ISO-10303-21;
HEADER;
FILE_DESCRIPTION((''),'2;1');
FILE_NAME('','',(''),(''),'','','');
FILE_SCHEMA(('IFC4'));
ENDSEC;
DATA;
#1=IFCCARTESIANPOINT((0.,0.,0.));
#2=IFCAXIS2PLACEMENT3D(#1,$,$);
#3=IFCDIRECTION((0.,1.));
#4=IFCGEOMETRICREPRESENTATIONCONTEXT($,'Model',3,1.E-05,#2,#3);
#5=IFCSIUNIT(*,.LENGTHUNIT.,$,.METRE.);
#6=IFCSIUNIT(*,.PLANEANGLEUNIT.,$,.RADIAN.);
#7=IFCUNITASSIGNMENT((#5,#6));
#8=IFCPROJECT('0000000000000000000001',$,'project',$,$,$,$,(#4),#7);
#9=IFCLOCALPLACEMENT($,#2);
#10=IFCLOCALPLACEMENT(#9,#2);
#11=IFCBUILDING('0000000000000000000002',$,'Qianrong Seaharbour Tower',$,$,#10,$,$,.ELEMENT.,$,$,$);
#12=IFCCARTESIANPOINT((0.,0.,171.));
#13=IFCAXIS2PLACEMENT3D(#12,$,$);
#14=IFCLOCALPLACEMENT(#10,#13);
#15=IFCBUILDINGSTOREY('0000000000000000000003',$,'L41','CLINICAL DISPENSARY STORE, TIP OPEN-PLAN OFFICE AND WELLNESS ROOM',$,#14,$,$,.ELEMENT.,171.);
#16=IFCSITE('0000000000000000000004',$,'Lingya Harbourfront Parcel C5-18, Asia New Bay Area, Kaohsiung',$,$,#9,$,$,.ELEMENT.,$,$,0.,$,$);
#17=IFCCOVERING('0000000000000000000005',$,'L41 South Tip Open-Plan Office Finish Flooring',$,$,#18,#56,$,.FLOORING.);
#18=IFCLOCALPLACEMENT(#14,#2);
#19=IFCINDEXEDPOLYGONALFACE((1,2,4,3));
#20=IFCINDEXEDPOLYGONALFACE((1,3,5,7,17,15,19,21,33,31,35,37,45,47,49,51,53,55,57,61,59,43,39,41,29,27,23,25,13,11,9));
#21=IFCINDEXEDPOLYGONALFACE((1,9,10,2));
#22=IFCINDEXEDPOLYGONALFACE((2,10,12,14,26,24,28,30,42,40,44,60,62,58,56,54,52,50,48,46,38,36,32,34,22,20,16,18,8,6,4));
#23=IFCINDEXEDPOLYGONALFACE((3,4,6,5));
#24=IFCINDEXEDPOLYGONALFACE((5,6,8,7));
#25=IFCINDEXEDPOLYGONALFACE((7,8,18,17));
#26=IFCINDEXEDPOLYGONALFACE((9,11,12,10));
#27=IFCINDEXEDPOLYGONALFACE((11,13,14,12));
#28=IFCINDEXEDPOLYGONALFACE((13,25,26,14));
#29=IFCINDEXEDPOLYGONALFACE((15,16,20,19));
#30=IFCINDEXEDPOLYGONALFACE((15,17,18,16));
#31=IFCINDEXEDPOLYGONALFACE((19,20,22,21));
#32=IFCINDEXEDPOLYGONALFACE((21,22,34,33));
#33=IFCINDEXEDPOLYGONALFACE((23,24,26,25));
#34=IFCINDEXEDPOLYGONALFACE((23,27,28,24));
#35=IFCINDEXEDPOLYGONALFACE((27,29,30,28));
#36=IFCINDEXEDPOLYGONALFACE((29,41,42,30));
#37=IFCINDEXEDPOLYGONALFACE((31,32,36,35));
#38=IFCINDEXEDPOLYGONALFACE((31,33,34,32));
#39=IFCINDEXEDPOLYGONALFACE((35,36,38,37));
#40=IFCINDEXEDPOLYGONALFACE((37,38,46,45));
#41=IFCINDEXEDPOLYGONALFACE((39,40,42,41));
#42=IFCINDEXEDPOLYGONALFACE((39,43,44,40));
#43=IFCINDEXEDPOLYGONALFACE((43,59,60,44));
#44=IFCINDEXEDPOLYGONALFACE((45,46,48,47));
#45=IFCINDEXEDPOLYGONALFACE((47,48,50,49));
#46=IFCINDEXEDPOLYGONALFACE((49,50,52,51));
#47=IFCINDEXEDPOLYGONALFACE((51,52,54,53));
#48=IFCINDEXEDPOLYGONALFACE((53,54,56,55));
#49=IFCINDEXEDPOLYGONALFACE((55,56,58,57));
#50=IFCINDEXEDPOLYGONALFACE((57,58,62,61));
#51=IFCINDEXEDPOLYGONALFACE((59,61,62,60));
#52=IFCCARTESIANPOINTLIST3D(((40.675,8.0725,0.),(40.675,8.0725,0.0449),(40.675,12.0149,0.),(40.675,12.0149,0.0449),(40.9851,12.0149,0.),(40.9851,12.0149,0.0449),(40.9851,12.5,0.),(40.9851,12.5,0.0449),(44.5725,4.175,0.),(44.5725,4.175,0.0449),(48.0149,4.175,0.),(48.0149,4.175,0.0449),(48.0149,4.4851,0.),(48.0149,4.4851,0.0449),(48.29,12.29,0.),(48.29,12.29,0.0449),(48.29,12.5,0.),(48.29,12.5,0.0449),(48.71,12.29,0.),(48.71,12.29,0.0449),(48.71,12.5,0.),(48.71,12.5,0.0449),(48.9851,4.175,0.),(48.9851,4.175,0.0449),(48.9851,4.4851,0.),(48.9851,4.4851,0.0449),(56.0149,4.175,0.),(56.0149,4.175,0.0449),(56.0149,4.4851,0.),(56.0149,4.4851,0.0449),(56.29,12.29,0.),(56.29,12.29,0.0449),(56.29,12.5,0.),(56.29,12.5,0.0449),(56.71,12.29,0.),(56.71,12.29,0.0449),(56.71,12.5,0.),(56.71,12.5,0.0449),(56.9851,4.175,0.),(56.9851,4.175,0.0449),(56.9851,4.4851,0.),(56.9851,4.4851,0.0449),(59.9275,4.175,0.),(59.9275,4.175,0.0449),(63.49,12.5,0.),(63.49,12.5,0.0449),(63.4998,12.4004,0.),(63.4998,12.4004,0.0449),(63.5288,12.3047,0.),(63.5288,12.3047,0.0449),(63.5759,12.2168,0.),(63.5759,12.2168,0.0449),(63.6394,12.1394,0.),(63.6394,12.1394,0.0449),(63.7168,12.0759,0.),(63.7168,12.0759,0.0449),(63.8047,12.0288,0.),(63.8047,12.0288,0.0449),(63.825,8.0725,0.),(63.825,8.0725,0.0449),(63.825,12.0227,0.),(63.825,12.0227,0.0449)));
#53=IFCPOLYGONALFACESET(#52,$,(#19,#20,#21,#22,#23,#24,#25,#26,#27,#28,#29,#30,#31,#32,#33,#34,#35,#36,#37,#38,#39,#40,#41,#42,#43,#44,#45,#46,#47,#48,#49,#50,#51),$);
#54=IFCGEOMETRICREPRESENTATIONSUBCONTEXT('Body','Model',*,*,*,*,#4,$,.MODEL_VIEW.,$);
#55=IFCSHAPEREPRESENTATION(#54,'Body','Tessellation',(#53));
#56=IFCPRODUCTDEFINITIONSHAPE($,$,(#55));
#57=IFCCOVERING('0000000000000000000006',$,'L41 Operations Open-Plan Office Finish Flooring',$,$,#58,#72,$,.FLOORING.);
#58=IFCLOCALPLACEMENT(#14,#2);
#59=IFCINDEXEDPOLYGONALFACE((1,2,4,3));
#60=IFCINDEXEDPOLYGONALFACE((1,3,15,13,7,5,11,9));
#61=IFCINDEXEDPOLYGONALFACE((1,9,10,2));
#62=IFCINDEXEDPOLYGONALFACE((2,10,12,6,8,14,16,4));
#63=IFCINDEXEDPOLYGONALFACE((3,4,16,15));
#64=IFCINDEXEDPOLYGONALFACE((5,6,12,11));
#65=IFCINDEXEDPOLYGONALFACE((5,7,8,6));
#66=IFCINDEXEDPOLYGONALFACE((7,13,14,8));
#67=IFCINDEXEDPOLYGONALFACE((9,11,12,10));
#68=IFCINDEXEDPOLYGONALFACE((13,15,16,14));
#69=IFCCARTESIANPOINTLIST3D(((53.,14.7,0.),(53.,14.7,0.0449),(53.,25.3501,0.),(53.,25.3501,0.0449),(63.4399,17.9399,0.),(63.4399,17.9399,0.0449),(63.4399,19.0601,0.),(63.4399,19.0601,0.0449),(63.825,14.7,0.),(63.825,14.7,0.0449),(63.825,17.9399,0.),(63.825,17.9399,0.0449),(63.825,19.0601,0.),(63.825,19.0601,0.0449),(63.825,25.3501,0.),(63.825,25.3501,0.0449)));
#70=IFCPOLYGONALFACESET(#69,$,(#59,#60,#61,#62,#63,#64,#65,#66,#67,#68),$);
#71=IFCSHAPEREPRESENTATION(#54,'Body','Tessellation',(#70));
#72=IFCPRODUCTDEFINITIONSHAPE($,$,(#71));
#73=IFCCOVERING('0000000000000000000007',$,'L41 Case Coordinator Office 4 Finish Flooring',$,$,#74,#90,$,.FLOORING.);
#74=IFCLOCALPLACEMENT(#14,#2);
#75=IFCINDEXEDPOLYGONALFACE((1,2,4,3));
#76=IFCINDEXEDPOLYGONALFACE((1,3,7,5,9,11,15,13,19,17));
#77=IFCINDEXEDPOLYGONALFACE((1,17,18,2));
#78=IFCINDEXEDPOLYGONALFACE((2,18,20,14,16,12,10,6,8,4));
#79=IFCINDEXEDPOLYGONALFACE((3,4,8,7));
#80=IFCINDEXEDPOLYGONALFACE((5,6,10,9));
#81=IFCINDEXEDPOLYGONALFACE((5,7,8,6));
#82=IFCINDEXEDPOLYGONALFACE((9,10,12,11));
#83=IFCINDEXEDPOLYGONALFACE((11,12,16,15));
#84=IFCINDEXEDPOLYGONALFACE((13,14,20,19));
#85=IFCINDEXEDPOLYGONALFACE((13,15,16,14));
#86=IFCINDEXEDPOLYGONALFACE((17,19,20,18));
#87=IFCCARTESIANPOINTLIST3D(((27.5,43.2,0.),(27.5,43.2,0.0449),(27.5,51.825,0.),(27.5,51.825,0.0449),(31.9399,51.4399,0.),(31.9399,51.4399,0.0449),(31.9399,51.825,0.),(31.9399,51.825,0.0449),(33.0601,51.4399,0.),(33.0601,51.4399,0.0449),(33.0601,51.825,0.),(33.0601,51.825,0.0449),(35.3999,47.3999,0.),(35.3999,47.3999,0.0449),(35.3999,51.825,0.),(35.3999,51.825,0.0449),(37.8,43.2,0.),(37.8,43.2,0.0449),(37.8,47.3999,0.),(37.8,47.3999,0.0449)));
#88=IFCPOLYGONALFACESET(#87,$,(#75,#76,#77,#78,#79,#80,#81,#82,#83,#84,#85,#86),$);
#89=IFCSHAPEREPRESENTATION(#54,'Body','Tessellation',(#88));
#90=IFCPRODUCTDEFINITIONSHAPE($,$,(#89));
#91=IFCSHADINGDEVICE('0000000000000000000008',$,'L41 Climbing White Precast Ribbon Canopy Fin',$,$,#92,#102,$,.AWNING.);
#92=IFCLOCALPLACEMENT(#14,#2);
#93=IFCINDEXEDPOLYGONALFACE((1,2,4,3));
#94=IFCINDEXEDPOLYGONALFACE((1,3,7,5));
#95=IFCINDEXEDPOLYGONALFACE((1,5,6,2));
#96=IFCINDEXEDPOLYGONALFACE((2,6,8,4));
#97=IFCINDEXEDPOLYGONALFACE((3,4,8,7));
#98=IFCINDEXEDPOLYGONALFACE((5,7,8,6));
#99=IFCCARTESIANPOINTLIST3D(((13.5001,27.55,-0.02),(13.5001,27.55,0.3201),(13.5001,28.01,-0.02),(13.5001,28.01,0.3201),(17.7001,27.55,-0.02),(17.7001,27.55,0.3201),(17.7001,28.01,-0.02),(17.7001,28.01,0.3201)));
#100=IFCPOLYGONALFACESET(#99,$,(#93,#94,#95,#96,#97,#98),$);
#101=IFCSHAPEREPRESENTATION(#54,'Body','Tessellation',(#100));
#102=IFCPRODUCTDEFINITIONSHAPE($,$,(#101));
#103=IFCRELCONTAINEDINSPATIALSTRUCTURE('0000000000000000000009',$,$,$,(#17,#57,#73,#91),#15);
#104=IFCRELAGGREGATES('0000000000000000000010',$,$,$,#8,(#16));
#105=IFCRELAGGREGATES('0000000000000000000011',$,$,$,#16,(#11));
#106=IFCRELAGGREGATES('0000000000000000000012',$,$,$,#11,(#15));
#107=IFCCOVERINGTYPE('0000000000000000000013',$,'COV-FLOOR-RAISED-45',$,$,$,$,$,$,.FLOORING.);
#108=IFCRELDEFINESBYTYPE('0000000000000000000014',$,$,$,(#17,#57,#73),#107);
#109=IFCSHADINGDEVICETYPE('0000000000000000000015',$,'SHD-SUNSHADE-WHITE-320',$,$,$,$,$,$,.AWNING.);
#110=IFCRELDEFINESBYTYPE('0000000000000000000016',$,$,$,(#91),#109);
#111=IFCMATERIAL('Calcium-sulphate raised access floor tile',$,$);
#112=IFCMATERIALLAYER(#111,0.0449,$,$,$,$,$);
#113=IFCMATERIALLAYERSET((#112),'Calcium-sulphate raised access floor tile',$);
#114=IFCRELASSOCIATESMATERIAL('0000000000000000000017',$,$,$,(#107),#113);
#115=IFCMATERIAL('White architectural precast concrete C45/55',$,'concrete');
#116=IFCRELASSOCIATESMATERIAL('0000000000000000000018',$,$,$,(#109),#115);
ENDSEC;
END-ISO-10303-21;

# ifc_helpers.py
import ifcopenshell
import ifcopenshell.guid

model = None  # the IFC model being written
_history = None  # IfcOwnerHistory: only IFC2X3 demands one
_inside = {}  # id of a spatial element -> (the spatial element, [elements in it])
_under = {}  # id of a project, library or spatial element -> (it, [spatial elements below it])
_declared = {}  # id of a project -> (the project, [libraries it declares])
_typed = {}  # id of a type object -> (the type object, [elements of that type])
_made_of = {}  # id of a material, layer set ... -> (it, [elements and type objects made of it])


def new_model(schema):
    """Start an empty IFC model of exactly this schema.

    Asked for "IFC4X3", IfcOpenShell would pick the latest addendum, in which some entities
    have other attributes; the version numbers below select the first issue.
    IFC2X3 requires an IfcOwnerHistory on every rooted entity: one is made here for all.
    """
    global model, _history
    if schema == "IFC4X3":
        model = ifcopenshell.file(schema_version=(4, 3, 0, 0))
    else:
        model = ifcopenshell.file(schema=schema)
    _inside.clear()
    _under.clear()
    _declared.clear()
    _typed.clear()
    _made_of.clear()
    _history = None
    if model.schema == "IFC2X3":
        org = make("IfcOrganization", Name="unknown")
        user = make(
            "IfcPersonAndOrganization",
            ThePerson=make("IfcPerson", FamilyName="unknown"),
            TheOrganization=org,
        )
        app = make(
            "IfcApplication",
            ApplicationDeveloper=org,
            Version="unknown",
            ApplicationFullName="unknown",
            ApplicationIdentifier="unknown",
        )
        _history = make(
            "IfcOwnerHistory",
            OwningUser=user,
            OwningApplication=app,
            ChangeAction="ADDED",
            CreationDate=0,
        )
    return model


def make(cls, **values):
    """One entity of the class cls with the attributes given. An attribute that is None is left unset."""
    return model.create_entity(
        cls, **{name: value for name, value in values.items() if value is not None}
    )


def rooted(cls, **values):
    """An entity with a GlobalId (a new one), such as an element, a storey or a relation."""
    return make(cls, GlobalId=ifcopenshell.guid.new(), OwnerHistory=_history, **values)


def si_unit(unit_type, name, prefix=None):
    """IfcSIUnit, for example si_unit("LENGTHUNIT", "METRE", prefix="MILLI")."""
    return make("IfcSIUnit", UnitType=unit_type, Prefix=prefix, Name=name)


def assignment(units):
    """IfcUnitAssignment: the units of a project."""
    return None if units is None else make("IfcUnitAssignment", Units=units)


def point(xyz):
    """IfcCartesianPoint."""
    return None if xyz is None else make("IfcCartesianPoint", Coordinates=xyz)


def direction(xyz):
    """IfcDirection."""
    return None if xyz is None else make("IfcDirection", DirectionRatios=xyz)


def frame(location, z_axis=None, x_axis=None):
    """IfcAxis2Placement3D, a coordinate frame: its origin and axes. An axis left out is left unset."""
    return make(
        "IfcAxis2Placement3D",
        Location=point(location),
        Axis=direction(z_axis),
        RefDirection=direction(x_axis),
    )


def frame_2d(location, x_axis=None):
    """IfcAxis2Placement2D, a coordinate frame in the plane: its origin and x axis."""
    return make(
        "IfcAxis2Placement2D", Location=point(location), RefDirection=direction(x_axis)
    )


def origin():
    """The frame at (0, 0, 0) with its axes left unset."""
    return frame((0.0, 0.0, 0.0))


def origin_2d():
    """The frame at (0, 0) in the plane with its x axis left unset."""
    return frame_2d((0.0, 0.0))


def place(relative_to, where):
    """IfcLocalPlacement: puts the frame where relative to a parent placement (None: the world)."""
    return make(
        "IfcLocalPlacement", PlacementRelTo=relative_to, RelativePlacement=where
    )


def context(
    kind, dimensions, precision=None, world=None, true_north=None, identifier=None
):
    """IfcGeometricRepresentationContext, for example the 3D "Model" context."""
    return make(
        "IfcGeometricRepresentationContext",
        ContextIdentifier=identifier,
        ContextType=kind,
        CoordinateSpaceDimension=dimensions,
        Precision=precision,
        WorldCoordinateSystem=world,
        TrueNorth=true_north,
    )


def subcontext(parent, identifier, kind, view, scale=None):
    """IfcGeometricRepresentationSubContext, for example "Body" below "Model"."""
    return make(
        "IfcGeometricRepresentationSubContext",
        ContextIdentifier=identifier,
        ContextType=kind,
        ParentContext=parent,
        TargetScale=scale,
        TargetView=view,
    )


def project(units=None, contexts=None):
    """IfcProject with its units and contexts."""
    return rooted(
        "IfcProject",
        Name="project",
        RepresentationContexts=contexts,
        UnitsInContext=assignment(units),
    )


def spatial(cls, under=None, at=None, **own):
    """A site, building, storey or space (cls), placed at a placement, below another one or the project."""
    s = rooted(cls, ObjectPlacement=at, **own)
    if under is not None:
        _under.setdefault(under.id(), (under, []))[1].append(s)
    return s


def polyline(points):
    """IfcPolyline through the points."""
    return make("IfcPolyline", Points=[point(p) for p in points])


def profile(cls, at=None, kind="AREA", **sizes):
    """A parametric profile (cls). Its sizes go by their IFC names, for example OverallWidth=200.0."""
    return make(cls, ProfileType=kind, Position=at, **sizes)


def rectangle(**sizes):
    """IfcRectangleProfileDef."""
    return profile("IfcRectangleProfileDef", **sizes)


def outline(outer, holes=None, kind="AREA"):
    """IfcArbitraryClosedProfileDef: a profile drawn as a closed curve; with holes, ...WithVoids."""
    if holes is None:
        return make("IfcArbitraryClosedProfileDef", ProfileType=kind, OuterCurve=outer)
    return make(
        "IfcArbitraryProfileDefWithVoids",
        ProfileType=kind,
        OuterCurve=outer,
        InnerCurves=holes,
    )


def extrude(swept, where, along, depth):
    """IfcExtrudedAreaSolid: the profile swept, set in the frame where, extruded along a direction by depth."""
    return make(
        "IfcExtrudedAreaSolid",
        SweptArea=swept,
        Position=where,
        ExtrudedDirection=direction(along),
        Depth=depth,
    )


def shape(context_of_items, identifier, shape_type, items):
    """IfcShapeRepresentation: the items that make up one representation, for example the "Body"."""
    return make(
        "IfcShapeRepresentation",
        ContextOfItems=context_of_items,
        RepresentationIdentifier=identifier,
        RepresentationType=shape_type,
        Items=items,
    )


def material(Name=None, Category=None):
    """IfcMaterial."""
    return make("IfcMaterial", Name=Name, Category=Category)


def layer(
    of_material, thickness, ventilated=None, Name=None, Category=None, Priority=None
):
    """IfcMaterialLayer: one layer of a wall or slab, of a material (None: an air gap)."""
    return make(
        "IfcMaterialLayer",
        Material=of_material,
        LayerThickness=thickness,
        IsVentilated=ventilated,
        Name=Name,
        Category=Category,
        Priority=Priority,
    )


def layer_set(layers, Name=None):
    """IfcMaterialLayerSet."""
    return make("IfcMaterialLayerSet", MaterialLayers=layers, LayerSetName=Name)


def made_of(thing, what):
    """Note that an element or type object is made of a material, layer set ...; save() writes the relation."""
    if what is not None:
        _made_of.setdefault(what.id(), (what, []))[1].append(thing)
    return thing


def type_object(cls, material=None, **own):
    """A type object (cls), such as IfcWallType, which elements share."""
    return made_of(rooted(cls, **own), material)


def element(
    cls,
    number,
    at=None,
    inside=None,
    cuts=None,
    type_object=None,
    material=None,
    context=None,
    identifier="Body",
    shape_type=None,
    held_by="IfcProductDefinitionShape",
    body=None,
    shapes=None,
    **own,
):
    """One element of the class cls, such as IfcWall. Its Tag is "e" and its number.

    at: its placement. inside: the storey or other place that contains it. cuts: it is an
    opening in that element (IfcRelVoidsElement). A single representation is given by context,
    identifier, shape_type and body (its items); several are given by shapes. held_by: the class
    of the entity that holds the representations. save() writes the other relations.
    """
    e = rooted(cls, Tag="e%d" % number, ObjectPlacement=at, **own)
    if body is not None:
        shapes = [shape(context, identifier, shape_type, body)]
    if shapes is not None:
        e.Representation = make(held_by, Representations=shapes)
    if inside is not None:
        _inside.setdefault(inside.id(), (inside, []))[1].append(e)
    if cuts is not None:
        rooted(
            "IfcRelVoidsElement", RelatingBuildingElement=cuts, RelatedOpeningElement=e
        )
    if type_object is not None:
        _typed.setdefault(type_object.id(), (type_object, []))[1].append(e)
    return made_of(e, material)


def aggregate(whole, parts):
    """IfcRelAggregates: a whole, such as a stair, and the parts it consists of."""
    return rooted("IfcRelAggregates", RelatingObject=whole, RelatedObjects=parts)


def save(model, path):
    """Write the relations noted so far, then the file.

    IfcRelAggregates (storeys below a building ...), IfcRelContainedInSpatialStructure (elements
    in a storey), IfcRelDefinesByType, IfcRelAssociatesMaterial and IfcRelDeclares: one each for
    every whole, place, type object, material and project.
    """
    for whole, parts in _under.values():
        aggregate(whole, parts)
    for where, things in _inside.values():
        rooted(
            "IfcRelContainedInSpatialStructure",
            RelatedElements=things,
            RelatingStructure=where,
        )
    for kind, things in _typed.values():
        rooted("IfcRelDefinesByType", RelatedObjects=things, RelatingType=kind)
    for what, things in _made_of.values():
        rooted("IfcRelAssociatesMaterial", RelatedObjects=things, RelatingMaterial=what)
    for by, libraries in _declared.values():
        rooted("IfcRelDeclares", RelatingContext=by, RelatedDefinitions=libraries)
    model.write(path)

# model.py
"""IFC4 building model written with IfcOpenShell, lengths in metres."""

from ifc_helpers import new_model, si_unit, direction, frame, origin, origin_2d, place, context, subcontext, project, spatial, polyline, rectangle, outline, extrude, material, layer, layer_set, type_object, element, save


model = new_model("IFC4")

# Units and contexts
model_context = context("Model", 3, precision=1e-05, world=origin(), true_north=direction((0.0, 1.0)))
body_context = subcontext(model_context, "Body", "Model", "MODEL_VIEW")
ifc_project = project(units=[si_unit("LENGTHUNIT", "METRE"), si_unit("PLANEANGLEUNIT", "RADIAN")], contexts=[model_context])

# Site, building, storey
site_placement = place(None, origin())
site = spatial("IfcSite", under=ifc_project, at=site_placement, Name="Lingya Harbourfront Parcel C5-18, Asia New Bay Area, Kaohsiung", CompositionType="ELEMENT", RefElevation=0.0)
building_placement = place(site_placement, origin())
building = spatial("IfcBuilding", under=site, at=building_placement, Name="Qianrong Seaharbour Tower", CompositionType="ELEMENT")
storey_placement = place(building_placement, frame((0.0, 0.0, 171.0)))
storey = spatial("IfcBuildingStorey", under=building, at=storey_placement, Name="L41", Description="CLINICAL DISPENSARY STORE, TIP OPEN-PLAN OFFICE AND WELLNESS ROOM", CompositionType="ELEMENT", Elevation=171.0)

# Coverings
ifc_material_1 = material(Name="Calcium-sulphate raised access floor tile")
ifc_layer_1 = layer(ifc_material_1, 0.0449)
ifc_layer_set_1 = layer_set([ifc_layer_1], Name="Calcium-sulphate raised access floor tile")
covering_type_1 = type_object("IfcCoveringType", Name="COV-FLOOR-RAISED-45", PredefinedType="FLOORING", material=ifc_layer_set_1)
covering_1_placement = place(storey_placement, origin())
element("IfcCovering", 1, at=covering_1_placement, inside=storey, type_object=covering_type_1, Name="L41 South Tip Open-Plan Office Finish Flooring", PredefinedType="FLOORING", context=body_context, shape_type="SweptSolid", body=[
    extrude(outline(polyline([(59.9275, 4.175), (56.9851, 4.175), (56.9851, 4.4851), (56.0149, 4.4851), (56.0149, 4.175), (48.9851, 4.175), (48.9851, 4.4851), (48.0149, 4.4851), (48.0149, 4.175), (44.5725, 4.175), (40.675, 8.0725), (40.675, 12.0149), (40.9851, 12.0149), (40.9851, 12.5), (48.29, 12.5), (48.29, 12.29), (48.71, 12.29), (48.71, 12.5), (56.29, 12.5), (56.29, 12.29), (56.71, 12.29), (56.71, 12.5), (63.49, 12.5), (63.4998, 12.4004), (63.5288, 12.3047), (63.5759, 12.2168), (63.6394, 12.1394), (63.7168, 12.0759), (63.8047, 12.0288), (63.825, 12.0227), (63.825, 8.0725), (59.9275, 4.175)])), origin(), (0.0, 0.0, 1.0), 0.0449),
])
covering_2_placement = place(storey_placement, origin())
element("IfcCovering", 2, at=covering_2_placement, inside=storey, type_object=covering_type_1, Name="L41 Operations Open-Plan Office Finish Flooring", PredefinedType="FLOORING", context=body_context, shape_type="SweptSolid", body=[
    extrude(outline(polyline([(63.825, 25.3501), (63.825, 19.0601), (63.4399, 19.0601), (63.4399, 17.9399), (63.825, 17.9399), (63.825, 14.7), (53.0, 14.7), (53.0, 25.3501), (63.825, 25.3501)])), origin(), (0.0, 0.0, 1.0), 0.0449),
])
covering_3_placement = place(storey_placement, origin())
element("IfcCovering", 3, at=covering_3_placement, inside=storey, type_object=covering_type_1, Name="L41 Case Coordinator Office 4 Finish Flooring", PredefinedType="FLOORING", context=body_context, shape_type="SweptSolid", body=[
    extrude(outline(polyline([(27.5, 51.825), (31.9399, 51.825), (31.9399, 51.4399), (33.0601, 51.4399), (33.0601, 51.825), (35.3999, 51.825), (35.3999, 47.3999), (37.8, 47.3999), (37.8, 43.2), (27.5, 43.2), (27.5, 51.825)])), origin(), (0.0, 0.0, 1.0), 0.0449),
])

# Shading device
ifc_material_2 = material(Name="White architectural precast concrete C45/55", Category="concrete")
shading_device_type = type_object("IfcShadingDeviceType", Name="SHD-SUNSHADE-WHITE-320", PredefinedType="AWNING", material=ifc_material_2)
shading_device_placement = place(storey_placement, frame((15.6001, 27.78, -0.02), z_axis=(0.0, 0.0, 1.0), x_axis=(1.0, 0.0, 0.0)))
element("IfcShadingDevice", 4, at=shading_device_placement, inside=storey, type_object=shading_device_type, Name="L41 Climbing White Precast Ribbon Canopy Fin", PredefinedType="AWNING", context=body_context, shape_type="SweptSolid", body=[
    extrude(rectangle(XDim=4.2, YDim=0.46, at=origin_2d()), origin(), (0.0, 0.0, 1.0), 0.3401),
])

save(model, "model.ifc")
